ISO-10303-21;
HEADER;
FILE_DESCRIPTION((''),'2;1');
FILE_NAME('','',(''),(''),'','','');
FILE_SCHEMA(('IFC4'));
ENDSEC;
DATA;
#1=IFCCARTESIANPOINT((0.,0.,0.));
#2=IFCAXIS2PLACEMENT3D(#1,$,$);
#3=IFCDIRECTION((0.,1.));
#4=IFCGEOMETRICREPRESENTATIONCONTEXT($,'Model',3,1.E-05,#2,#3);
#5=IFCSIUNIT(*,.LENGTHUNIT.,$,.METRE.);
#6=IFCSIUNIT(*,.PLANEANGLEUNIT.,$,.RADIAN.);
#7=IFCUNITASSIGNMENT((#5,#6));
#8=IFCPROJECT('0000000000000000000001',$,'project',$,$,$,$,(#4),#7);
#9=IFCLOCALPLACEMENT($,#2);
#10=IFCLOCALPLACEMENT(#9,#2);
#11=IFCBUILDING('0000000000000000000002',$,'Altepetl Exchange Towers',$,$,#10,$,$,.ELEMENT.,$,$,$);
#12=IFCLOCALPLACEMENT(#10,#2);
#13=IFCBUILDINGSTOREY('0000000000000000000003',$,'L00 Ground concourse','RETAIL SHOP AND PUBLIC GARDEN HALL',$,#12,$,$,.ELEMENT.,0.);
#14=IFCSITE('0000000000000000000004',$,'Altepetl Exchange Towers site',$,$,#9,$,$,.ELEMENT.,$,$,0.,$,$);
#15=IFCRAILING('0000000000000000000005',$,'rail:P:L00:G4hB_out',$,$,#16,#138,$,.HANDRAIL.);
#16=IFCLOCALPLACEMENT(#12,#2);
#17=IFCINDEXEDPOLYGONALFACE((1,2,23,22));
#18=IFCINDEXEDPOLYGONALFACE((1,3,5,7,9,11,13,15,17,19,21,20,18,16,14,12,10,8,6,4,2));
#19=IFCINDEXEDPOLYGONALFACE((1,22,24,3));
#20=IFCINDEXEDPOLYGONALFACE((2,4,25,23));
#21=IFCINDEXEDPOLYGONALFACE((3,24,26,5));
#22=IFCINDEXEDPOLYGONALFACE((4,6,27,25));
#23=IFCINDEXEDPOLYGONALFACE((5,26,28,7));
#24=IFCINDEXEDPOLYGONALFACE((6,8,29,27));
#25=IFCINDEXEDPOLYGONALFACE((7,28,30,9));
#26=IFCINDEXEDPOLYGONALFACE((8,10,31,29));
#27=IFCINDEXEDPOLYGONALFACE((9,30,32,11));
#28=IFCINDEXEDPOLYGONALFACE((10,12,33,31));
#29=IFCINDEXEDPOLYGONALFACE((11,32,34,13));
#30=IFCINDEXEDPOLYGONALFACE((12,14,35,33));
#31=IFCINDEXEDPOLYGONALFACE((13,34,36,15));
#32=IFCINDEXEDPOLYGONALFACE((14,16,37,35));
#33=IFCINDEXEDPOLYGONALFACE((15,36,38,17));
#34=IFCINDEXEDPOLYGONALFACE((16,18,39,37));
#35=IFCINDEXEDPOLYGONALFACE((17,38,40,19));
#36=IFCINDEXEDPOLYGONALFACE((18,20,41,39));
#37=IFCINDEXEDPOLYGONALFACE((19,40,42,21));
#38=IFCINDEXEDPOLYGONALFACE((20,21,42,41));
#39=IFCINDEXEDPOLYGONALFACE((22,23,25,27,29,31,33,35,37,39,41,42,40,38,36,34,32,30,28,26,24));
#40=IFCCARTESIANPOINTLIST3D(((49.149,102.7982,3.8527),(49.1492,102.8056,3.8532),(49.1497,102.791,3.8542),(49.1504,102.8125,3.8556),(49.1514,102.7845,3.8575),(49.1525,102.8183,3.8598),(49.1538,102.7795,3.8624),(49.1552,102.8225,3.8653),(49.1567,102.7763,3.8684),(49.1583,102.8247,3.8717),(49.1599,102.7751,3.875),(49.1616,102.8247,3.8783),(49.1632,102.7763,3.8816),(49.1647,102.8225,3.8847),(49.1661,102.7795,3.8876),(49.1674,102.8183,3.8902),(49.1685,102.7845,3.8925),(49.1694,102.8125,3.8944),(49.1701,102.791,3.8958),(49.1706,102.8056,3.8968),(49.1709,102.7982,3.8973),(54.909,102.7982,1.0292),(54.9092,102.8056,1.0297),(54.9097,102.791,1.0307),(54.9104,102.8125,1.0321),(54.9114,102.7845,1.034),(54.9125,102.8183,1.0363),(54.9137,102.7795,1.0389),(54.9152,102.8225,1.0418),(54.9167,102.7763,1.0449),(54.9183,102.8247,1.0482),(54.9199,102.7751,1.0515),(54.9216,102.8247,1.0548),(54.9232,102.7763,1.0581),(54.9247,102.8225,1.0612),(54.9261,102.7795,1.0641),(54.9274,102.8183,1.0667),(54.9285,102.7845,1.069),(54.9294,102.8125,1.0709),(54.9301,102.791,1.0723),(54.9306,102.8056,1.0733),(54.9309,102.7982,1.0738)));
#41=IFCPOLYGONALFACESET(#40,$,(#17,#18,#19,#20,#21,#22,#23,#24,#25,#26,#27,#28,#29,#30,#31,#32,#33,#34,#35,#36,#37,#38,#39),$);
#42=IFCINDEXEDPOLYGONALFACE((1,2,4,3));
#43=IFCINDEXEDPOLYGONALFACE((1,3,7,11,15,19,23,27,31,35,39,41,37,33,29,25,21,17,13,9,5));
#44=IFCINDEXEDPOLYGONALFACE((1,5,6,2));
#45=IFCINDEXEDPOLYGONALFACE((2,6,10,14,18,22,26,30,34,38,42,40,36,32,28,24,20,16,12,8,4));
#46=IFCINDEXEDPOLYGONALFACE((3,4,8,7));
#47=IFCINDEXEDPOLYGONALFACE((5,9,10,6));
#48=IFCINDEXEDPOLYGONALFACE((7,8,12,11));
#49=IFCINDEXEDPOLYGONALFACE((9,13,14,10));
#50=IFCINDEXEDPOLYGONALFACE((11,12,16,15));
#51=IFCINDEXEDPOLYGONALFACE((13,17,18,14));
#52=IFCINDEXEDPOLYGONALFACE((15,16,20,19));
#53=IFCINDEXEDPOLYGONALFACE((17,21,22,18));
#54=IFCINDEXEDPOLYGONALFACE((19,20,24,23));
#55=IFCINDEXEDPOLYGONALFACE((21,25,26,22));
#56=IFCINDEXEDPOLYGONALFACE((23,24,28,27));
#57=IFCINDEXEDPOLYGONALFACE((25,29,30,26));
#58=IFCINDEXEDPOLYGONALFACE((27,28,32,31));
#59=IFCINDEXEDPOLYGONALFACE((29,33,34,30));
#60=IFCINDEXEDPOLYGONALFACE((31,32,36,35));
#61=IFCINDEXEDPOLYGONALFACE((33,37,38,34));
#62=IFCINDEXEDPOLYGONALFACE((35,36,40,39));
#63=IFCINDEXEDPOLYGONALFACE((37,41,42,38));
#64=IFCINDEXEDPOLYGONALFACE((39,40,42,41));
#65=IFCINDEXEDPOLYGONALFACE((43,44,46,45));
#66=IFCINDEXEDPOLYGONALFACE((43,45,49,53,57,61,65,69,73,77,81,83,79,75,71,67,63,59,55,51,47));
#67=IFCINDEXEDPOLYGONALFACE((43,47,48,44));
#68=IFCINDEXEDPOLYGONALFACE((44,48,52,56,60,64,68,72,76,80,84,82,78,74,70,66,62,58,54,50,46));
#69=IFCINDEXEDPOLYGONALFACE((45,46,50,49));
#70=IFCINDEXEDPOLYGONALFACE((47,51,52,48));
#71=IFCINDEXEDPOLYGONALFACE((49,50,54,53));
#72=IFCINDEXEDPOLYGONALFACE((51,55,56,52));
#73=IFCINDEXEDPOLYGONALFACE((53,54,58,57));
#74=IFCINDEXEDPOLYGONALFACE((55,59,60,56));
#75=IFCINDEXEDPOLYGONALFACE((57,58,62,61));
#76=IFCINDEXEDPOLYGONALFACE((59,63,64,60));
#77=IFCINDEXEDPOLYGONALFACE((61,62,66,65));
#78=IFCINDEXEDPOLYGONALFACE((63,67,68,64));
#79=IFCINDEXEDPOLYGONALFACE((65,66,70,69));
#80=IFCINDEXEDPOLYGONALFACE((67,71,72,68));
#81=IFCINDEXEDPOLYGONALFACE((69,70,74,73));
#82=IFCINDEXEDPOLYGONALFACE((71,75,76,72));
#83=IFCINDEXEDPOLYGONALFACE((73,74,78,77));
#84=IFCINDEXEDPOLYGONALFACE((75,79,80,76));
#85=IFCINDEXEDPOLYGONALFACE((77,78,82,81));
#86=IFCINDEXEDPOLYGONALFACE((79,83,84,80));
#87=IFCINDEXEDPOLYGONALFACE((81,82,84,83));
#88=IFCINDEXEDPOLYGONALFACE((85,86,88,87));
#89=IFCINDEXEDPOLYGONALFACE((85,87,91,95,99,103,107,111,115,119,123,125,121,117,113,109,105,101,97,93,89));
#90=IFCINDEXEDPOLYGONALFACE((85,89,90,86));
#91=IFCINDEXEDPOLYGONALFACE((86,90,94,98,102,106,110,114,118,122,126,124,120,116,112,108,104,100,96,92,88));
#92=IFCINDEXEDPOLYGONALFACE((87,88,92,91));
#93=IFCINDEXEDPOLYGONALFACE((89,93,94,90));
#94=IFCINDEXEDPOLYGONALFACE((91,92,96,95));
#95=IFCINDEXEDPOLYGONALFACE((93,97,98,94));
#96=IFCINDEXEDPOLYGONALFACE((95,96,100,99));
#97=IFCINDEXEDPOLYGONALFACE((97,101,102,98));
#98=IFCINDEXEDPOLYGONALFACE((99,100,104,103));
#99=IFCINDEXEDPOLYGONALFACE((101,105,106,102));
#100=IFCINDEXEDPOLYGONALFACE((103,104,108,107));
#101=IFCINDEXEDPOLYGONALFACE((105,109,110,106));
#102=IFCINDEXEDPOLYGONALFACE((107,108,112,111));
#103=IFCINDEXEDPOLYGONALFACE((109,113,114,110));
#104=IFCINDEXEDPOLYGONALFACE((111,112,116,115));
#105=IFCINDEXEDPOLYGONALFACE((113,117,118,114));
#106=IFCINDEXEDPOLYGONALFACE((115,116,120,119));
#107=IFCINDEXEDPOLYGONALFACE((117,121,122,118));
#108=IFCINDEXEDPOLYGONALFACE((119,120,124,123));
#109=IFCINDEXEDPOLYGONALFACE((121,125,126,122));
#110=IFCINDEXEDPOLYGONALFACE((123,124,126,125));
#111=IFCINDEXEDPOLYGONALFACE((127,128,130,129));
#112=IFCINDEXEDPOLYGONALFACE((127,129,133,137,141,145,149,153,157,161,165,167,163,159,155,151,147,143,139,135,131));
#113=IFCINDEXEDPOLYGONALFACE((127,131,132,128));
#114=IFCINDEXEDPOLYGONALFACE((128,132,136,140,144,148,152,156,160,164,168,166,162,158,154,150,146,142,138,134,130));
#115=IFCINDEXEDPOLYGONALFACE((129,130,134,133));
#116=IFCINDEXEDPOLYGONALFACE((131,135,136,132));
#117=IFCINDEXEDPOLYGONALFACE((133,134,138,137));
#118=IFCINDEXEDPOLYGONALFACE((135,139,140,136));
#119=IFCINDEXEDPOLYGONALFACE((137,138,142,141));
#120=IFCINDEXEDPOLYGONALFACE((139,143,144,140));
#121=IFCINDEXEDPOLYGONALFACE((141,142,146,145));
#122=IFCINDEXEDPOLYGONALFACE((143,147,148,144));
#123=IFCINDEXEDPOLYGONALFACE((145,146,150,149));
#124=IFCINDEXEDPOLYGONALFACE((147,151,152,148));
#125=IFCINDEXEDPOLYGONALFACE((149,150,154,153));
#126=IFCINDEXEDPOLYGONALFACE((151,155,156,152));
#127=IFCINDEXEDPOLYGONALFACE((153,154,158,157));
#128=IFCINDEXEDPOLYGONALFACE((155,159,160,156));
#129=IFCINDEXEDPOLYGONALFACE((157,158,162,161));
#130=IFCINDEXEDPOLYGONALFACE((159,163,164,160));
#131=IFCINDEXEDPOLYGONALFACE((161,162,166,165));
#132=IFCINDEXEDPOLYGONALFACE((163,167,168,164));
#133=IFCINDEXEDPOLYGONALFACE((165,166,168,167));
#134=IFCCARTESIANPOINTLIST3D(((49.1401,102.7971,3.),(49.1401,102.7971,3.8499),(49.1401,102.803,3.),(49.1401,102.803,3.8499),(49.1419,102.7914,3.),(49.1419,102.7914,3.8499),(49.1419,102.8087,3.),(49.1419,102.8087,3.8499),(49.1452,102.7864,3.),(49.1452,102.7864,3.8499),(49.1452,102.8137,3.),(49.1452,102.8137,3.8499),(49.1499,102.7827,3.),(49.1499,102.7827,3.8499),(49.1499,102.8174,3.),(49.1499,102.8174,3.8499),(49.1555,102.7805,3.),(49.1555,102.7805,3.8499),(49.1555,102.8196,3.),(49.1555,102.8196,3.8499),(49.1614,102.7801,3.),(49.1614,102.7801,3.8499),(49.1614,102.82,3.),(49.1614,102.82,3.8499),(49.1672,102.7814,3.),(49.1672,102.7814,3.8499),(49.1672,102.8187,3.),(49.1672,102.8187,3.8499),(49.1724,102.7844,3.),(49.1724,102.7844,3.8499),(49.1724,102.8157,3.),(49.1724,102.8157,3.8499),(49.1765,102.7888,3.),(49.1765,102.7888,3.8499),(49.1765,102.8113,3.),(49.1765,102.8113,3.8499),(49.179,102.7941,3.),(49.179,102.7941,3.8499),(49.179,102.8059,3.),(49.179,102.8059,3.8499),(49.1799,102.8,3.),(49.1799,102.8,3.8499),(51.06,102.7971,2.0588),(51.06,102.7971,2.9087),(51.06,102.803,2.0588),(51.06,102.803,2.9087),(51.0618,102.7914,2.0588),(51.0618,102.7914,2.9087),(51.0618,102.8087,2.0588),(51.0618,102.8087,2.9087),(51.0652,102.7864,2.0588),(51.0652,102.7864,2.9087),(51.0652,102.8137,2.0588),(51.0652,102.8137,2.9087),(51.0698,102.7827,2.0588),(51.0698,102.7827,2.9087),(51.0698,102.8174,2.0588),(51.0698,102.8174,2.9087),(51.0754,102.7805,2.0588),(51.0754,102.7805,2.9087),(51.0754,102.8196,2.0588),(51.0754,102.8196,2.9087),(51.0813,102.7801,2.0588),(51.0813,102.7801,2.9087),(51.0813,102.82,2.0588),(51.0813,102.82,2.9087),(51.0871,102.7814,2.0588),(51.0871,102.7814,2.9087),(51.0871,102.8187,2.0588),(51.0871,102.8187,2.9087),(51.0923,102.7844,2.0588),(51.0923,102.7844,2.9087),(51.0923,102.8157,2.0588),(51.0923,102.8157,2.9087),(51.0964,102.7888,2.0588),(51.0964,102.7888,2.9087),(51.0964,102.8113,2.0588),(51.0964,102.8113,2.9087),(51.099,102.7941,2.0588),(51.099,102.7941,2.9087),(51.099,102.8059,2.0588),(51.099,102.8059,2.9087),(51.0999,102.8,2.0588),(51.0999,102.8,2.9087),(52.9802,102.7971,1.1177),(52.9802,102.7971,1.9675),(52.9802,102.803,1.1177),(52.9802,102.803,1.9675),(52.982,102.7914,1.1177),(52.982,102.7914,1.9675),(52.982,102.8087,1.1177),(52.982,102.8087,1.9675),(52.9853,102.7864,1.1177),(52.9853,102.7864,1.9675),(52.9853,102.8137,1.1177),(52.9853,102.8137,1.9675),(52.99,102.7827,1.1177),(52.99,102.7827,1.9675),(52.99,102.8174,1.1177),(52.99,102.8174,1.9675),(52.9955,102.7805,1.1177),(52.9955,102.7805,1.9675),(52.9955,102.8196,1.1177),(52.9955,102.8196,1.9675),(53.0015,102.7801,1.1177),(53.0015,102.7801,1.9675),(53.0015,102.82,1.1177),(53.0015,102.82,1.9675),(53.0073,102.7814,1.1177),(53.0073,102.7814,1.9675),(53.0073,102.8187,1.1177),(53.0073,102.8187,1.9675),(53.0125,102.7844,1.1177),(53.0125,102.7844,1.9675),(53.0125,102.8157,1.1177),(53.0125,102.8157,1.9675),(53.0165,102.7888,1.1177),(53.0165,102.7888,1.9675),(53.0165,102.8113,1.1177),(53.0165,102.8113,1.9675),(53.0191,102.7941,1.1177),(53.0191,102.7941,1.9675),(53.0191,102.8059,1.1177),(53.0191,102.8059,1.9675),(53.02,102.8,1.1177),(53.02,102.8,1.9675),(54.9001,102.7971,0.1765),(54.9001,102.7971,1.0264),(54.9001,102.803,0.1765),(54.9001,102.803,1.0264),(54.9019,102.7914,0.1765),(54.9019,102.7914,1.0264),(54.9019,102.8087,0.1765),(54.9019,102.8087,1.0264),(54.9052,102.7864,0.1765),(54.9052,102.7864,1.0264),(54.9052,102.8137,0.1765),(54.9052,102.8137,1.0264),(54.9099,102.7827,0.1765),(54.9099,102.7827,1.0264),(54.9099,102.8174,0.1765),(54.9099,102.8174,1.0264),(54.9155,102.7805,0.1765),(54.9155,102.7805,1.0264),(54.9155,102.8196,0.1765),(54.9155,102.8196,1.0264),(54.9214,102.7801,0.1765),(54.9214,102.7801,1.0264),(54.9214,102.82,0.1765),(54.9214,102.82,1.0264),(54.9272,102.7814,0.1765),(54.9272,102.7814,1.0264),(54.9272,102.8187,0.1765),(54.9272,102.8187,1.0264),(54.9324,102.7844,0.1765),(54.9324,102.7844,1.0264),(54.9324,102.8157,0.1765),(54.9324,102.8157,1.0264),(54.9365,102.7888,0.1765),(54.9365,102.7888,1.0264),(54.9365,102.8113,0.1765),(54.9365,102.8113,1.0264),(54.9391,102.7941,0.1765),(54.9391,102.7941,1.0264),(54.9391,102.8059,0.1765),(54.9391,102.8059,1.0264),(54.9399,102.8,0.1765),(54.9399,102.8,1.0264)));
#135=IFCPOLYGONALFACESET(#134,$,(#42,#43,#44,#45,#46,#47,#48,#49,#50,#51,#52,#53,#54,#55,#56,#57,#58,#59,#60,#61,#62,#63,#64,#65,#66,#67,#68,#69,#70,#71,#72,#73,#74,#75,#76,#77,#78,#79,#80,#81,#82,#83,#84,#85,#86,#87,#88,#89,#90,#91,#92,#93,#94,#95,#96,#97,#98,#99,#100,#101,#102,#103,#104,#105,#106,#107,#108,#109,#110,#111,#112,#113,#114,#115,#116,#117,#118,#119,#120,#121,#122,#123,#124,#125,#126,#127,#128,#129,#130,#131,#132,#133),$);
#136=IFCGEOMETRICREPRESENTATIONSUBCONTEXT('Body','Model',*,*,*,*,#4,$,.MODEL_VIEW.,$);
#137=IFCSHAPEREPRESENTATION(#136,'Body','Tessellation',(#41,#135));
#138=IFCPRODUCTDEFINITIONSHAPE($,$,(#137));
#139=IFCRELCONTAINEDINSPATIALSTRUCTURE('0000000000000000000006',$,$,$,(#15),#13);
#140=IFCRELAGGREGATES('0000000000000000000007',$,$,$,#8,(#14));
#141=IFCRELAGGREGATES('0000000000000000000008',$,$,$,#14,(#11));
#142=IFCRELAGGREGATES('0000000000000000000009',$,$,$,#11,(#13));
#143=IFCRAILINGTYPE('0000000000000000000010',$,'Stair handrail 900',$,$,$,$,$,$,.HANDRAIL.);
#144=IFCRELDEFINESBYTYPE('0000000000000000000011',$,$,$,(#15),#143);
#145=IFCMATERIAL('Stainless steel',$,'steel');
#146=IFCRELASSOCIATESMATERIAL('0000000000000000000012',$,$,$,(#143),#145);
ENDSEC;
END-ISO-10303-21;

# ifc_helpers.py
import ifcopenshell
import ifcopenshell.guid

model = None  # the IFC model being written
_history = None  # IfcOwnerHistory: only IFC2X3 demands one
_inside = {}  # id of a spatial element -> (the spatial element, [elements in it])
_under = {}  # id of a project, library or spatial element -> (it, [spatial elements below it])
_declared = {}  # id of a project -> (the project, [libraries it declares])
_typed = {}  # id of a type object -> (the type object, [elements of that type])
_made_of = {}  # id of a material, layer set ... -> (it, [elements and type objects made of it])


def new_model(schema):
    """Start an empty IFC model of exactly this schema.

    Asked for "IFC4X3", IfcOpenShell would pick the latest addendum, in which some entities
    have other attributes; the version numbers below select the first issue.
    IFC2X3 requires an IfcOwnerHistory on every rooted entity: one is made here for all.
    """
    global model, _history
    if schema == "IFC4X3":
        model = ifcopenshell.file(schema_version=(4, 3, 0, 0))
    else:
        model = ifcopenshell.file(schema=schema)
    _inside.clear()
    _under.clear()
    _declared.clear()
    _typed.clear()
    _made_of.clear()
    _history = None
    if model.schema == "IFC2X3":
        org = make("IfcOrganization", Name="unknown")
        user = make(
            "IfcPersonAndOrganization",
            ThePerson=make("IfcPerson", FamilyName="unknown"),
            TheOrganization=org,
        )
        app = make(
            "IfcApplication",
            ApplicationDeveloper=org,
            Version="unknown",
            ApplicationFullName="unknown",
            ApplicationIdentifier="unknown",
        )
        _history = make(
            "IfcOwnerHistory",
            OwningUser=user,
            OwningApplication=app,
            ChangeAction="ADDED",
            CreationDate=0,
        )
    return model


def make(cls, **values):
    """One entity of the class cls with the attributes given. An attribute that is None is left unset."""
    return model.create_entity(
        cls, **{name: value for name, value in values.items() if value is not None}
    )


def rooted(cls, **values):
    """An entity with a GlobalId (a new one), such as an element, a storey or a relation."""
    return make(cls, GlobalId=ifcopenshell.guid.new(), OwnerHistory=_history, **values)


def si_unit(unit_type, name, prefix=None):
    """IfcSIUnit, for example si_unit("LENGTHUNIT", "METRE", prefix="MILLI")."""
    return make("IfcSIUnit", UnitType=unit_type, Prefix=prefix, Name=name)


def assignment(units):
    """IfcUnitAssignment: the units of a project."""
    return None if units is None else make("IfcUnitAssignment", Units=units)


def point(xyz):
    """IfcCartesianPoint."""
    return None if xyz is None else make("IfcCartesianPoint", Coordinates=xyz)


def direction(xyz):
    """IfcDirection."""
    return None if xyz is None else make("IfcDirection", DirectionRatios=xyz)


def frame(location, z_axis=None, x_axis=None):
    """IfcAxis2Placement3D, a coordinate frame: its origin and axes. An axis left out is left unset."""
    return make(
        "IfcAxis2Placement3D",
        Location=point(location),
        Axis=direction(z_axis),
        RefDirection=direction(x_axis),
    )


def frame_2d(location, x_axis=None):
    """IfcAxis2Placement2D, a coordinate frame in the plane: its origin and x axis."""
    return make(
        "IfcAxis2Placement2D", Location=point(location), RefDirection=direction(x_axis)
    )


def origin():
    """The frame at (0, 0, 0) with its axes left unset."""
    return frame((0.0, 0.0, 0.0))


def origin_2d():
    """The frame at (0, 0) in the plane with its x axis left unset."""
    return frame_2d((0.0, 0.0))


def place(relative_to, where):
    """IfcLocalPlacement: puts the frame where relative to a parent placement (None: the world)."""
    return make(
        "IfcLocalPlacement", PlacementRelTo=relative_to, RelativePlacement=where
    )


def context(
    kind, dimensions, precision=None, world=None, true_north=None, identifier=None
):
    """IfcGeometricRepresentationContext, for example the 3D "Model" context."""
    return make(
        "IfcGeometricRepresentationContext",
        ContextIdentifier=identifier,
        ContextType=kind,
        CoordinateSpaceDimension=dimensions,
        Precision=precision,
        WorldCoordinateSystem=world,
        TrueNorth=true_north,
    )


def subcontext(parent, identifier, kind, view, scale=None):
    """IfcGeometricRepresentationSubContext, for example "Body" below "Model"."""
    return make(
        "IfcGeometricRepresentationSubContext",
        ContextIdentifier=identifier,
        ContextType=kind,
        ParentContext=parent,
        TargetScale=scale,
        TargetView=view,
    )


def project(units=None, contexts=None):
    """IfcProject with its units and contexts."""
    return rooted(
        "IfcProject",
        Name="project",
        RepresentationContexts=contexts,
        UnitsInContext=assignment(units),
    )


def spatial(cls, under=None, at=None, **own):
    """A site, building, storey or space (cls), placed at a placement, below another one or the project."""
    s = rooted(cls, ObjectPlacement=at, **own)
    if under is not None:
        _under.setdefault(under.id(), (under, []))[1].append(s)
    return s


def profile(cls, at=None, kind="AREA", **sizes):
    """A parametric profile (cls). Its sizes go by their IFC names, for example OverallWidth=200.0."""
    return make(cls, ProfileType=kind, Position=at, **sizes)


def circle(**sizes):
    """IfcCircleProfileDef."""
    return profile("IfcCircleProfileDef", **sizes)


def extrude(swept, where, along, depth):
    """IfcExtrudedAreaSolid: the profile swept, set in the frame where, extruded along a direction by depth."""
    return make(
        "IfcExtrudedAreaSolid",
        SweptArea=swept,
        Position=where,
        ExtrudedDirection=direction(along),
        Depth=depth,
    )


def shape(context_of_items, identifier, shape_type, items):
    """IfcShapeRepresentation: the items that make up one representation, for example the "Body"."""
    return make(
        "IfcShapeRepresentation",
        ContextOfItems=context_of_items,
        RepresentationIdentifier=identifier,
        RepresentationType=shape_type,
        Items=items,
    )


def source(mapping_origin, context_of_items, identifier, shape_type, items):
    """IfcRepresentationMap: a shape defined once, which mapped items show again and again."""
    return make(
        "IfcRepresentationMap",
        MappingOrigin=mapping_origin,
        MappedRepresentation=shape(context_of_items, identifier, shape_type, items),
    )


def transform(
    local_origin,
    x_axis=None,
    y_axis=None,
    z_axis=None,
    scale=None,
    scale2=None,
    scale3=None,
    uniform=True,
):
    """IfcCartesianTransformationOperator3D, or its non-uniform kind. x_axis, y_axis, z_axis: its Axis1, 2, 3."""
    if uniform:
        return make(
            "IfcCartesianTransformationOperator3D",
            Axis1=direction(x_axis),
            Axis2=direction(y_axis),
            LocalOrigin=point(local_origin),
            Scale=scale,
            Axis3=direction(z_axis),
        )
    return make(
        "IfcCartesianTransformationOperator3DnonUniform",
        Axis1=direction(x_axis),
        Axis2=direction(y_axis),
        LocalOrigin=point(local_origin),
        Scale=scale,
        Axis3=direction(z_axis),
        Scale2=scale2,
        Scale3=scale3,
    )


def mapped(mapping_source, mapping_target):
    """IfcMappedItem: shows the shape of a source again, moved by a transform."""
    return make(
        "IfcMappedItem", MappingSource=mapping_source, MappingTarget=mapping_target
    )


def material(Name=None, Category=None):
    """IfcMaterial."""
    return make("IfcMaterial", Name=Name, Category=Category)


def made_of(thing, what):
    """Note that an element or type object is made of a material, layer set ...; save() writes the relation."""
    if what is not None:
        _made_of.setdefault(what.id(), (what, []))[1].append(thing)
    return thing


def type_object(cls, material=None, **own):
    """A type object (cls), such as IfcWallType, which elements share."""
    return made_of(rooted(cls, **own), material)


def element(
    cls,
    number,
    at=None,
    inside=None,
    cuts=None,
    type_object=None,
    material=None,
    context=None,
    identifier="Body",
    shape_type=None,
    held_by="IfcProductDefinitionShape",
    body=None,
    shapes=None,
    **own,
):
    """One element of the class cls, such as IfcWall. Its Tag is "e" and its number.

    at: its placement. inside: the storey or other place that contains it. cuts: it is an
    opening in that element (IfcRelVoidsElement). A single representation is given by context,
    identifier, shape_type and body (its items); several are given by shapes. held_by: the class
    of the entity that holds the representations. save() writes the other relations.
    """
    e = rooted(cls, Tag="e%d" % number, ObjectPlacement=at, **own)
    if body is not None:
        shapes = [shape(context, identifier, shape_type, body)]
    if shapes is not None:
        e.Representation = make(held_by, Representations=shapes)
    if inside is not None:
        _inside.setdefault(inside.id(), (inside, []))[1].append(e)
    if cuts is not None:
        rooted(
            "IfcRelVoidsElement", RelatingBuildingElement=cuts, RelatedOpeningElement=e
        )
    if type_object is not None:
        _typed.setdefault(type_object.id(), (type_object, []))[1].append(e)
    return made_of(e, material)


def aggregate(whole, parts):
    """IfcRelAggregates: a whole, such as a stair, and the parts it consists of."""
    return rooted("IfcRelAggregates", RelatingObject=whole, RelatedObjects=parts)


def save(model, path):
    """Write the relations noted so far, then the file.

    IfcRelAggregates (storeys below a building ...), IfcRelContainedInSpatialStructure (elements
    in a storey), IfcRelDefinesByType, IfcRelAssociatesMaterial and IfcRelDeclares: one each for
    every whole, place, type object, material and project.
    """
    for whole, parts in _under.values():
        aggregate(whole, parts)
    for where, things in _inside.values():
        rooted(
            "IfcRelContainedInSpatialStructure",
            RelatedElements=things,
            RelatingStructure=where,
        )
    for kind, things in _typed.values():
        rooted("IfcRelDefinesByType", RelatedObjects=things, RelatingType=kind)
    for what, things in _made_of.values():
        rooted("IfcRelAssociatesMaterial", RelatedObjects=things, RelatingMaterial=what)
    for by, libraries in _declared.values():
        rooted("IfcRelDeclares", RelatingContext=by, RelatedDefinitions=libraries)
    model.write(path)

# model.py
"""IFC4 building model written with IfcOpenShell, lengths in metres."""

from ifc_helpers import new_model, si_unit, direction, frame, origin, origin_2d, place, context, subcontext, project, spatial, circle, extrude, source, transform, mapped, material, type_object, element, save


model = new_model("IFC4")

# Units and contexts
model_context = context("Model", 3, precision=1e-05, world=origin(), true_north=direction((0.0, 1.0)))
body_context = subcontext(model_context, "Body", "Model", "MODEL_VIEW")
ifc_project = project(units=[si_unit("LENGTHUNIT", "METRE"), si_unit("PLANEANGLEUNIT", "RADIAN")], contexts=[model_context])

# Site, building, storey
site_placement = place(None, origin())
site = spatial("IfcSite", under=ifc_project, at=site_placement, Name="Altepetl Exchange Towers site", CompositionType="ELEMENT", RefElevation=0.0)
building_placement = place(site_placement, origin())
building = spatial("IfcBuilding", under=site, at=building_placement, Name="Altepetl Exchange Towers", CompositionType="ELEMENT")
storey_placement = place(building_placement, origin())
storey = spatial("IfcBuildingStorey", under=building, at=storey_placement, Name="L00 Ground concourse", Description="RETAIL SHOP AND PUBLIC GARDEN HALL", CompositionType="ELEMENT", Elevation=0.0)

# Railing
ifc_material_1 = material(Name="Stainless steel", Category="steel")
railing_type_1 = type_object("IfcRailingType", Name="Stair handrail 900", PredefinedType="HANDRAIL", material=ifc_material_1)
shared_shape_1 = source(origin(), body_context, "Body", "SweptSolid", [
    extrude(circle(Radius=0.02, at=origin_2d()), origin(), (0.0, 0.0, 1.0), 0.8499),
])
for number, where, name in (
    (1, (54.9199, 102.8, 0.1765), "rail:P:L00:G4hB_out"),
):
    element("IfcRailing", number, at=place(storey_placement, frame(where)), inside=storey, type_object=railing_type_1, Name=name, PredefinedType="HANDRAIL", context=body_context, shape_type="SweptSolid", body=[
        extrude(circle(Radius=0.0249, at=origin_2d()), frame((0.0, 0.0, 0.875), z_axis=(-0.897924, 0.0, 0.440151), x_axis=(0.0, -1.0, 0.0)), (0.0, 0.0, 1.0), 6.4148),
        mapped(shared_shape_1, transform((0.0, 0.0, 0.0))),
        mapped(shared_shape_1, transform((-1.9199, 0.0, 0.9412))),
        mapped(shared_shape_1, transform((-3.8401, 0.0, 1.8823))),
        mapped(shared_shape_1, transform((-5.76, 0.0, 2.8235))),
    ])

save(model, "model.ifc")
